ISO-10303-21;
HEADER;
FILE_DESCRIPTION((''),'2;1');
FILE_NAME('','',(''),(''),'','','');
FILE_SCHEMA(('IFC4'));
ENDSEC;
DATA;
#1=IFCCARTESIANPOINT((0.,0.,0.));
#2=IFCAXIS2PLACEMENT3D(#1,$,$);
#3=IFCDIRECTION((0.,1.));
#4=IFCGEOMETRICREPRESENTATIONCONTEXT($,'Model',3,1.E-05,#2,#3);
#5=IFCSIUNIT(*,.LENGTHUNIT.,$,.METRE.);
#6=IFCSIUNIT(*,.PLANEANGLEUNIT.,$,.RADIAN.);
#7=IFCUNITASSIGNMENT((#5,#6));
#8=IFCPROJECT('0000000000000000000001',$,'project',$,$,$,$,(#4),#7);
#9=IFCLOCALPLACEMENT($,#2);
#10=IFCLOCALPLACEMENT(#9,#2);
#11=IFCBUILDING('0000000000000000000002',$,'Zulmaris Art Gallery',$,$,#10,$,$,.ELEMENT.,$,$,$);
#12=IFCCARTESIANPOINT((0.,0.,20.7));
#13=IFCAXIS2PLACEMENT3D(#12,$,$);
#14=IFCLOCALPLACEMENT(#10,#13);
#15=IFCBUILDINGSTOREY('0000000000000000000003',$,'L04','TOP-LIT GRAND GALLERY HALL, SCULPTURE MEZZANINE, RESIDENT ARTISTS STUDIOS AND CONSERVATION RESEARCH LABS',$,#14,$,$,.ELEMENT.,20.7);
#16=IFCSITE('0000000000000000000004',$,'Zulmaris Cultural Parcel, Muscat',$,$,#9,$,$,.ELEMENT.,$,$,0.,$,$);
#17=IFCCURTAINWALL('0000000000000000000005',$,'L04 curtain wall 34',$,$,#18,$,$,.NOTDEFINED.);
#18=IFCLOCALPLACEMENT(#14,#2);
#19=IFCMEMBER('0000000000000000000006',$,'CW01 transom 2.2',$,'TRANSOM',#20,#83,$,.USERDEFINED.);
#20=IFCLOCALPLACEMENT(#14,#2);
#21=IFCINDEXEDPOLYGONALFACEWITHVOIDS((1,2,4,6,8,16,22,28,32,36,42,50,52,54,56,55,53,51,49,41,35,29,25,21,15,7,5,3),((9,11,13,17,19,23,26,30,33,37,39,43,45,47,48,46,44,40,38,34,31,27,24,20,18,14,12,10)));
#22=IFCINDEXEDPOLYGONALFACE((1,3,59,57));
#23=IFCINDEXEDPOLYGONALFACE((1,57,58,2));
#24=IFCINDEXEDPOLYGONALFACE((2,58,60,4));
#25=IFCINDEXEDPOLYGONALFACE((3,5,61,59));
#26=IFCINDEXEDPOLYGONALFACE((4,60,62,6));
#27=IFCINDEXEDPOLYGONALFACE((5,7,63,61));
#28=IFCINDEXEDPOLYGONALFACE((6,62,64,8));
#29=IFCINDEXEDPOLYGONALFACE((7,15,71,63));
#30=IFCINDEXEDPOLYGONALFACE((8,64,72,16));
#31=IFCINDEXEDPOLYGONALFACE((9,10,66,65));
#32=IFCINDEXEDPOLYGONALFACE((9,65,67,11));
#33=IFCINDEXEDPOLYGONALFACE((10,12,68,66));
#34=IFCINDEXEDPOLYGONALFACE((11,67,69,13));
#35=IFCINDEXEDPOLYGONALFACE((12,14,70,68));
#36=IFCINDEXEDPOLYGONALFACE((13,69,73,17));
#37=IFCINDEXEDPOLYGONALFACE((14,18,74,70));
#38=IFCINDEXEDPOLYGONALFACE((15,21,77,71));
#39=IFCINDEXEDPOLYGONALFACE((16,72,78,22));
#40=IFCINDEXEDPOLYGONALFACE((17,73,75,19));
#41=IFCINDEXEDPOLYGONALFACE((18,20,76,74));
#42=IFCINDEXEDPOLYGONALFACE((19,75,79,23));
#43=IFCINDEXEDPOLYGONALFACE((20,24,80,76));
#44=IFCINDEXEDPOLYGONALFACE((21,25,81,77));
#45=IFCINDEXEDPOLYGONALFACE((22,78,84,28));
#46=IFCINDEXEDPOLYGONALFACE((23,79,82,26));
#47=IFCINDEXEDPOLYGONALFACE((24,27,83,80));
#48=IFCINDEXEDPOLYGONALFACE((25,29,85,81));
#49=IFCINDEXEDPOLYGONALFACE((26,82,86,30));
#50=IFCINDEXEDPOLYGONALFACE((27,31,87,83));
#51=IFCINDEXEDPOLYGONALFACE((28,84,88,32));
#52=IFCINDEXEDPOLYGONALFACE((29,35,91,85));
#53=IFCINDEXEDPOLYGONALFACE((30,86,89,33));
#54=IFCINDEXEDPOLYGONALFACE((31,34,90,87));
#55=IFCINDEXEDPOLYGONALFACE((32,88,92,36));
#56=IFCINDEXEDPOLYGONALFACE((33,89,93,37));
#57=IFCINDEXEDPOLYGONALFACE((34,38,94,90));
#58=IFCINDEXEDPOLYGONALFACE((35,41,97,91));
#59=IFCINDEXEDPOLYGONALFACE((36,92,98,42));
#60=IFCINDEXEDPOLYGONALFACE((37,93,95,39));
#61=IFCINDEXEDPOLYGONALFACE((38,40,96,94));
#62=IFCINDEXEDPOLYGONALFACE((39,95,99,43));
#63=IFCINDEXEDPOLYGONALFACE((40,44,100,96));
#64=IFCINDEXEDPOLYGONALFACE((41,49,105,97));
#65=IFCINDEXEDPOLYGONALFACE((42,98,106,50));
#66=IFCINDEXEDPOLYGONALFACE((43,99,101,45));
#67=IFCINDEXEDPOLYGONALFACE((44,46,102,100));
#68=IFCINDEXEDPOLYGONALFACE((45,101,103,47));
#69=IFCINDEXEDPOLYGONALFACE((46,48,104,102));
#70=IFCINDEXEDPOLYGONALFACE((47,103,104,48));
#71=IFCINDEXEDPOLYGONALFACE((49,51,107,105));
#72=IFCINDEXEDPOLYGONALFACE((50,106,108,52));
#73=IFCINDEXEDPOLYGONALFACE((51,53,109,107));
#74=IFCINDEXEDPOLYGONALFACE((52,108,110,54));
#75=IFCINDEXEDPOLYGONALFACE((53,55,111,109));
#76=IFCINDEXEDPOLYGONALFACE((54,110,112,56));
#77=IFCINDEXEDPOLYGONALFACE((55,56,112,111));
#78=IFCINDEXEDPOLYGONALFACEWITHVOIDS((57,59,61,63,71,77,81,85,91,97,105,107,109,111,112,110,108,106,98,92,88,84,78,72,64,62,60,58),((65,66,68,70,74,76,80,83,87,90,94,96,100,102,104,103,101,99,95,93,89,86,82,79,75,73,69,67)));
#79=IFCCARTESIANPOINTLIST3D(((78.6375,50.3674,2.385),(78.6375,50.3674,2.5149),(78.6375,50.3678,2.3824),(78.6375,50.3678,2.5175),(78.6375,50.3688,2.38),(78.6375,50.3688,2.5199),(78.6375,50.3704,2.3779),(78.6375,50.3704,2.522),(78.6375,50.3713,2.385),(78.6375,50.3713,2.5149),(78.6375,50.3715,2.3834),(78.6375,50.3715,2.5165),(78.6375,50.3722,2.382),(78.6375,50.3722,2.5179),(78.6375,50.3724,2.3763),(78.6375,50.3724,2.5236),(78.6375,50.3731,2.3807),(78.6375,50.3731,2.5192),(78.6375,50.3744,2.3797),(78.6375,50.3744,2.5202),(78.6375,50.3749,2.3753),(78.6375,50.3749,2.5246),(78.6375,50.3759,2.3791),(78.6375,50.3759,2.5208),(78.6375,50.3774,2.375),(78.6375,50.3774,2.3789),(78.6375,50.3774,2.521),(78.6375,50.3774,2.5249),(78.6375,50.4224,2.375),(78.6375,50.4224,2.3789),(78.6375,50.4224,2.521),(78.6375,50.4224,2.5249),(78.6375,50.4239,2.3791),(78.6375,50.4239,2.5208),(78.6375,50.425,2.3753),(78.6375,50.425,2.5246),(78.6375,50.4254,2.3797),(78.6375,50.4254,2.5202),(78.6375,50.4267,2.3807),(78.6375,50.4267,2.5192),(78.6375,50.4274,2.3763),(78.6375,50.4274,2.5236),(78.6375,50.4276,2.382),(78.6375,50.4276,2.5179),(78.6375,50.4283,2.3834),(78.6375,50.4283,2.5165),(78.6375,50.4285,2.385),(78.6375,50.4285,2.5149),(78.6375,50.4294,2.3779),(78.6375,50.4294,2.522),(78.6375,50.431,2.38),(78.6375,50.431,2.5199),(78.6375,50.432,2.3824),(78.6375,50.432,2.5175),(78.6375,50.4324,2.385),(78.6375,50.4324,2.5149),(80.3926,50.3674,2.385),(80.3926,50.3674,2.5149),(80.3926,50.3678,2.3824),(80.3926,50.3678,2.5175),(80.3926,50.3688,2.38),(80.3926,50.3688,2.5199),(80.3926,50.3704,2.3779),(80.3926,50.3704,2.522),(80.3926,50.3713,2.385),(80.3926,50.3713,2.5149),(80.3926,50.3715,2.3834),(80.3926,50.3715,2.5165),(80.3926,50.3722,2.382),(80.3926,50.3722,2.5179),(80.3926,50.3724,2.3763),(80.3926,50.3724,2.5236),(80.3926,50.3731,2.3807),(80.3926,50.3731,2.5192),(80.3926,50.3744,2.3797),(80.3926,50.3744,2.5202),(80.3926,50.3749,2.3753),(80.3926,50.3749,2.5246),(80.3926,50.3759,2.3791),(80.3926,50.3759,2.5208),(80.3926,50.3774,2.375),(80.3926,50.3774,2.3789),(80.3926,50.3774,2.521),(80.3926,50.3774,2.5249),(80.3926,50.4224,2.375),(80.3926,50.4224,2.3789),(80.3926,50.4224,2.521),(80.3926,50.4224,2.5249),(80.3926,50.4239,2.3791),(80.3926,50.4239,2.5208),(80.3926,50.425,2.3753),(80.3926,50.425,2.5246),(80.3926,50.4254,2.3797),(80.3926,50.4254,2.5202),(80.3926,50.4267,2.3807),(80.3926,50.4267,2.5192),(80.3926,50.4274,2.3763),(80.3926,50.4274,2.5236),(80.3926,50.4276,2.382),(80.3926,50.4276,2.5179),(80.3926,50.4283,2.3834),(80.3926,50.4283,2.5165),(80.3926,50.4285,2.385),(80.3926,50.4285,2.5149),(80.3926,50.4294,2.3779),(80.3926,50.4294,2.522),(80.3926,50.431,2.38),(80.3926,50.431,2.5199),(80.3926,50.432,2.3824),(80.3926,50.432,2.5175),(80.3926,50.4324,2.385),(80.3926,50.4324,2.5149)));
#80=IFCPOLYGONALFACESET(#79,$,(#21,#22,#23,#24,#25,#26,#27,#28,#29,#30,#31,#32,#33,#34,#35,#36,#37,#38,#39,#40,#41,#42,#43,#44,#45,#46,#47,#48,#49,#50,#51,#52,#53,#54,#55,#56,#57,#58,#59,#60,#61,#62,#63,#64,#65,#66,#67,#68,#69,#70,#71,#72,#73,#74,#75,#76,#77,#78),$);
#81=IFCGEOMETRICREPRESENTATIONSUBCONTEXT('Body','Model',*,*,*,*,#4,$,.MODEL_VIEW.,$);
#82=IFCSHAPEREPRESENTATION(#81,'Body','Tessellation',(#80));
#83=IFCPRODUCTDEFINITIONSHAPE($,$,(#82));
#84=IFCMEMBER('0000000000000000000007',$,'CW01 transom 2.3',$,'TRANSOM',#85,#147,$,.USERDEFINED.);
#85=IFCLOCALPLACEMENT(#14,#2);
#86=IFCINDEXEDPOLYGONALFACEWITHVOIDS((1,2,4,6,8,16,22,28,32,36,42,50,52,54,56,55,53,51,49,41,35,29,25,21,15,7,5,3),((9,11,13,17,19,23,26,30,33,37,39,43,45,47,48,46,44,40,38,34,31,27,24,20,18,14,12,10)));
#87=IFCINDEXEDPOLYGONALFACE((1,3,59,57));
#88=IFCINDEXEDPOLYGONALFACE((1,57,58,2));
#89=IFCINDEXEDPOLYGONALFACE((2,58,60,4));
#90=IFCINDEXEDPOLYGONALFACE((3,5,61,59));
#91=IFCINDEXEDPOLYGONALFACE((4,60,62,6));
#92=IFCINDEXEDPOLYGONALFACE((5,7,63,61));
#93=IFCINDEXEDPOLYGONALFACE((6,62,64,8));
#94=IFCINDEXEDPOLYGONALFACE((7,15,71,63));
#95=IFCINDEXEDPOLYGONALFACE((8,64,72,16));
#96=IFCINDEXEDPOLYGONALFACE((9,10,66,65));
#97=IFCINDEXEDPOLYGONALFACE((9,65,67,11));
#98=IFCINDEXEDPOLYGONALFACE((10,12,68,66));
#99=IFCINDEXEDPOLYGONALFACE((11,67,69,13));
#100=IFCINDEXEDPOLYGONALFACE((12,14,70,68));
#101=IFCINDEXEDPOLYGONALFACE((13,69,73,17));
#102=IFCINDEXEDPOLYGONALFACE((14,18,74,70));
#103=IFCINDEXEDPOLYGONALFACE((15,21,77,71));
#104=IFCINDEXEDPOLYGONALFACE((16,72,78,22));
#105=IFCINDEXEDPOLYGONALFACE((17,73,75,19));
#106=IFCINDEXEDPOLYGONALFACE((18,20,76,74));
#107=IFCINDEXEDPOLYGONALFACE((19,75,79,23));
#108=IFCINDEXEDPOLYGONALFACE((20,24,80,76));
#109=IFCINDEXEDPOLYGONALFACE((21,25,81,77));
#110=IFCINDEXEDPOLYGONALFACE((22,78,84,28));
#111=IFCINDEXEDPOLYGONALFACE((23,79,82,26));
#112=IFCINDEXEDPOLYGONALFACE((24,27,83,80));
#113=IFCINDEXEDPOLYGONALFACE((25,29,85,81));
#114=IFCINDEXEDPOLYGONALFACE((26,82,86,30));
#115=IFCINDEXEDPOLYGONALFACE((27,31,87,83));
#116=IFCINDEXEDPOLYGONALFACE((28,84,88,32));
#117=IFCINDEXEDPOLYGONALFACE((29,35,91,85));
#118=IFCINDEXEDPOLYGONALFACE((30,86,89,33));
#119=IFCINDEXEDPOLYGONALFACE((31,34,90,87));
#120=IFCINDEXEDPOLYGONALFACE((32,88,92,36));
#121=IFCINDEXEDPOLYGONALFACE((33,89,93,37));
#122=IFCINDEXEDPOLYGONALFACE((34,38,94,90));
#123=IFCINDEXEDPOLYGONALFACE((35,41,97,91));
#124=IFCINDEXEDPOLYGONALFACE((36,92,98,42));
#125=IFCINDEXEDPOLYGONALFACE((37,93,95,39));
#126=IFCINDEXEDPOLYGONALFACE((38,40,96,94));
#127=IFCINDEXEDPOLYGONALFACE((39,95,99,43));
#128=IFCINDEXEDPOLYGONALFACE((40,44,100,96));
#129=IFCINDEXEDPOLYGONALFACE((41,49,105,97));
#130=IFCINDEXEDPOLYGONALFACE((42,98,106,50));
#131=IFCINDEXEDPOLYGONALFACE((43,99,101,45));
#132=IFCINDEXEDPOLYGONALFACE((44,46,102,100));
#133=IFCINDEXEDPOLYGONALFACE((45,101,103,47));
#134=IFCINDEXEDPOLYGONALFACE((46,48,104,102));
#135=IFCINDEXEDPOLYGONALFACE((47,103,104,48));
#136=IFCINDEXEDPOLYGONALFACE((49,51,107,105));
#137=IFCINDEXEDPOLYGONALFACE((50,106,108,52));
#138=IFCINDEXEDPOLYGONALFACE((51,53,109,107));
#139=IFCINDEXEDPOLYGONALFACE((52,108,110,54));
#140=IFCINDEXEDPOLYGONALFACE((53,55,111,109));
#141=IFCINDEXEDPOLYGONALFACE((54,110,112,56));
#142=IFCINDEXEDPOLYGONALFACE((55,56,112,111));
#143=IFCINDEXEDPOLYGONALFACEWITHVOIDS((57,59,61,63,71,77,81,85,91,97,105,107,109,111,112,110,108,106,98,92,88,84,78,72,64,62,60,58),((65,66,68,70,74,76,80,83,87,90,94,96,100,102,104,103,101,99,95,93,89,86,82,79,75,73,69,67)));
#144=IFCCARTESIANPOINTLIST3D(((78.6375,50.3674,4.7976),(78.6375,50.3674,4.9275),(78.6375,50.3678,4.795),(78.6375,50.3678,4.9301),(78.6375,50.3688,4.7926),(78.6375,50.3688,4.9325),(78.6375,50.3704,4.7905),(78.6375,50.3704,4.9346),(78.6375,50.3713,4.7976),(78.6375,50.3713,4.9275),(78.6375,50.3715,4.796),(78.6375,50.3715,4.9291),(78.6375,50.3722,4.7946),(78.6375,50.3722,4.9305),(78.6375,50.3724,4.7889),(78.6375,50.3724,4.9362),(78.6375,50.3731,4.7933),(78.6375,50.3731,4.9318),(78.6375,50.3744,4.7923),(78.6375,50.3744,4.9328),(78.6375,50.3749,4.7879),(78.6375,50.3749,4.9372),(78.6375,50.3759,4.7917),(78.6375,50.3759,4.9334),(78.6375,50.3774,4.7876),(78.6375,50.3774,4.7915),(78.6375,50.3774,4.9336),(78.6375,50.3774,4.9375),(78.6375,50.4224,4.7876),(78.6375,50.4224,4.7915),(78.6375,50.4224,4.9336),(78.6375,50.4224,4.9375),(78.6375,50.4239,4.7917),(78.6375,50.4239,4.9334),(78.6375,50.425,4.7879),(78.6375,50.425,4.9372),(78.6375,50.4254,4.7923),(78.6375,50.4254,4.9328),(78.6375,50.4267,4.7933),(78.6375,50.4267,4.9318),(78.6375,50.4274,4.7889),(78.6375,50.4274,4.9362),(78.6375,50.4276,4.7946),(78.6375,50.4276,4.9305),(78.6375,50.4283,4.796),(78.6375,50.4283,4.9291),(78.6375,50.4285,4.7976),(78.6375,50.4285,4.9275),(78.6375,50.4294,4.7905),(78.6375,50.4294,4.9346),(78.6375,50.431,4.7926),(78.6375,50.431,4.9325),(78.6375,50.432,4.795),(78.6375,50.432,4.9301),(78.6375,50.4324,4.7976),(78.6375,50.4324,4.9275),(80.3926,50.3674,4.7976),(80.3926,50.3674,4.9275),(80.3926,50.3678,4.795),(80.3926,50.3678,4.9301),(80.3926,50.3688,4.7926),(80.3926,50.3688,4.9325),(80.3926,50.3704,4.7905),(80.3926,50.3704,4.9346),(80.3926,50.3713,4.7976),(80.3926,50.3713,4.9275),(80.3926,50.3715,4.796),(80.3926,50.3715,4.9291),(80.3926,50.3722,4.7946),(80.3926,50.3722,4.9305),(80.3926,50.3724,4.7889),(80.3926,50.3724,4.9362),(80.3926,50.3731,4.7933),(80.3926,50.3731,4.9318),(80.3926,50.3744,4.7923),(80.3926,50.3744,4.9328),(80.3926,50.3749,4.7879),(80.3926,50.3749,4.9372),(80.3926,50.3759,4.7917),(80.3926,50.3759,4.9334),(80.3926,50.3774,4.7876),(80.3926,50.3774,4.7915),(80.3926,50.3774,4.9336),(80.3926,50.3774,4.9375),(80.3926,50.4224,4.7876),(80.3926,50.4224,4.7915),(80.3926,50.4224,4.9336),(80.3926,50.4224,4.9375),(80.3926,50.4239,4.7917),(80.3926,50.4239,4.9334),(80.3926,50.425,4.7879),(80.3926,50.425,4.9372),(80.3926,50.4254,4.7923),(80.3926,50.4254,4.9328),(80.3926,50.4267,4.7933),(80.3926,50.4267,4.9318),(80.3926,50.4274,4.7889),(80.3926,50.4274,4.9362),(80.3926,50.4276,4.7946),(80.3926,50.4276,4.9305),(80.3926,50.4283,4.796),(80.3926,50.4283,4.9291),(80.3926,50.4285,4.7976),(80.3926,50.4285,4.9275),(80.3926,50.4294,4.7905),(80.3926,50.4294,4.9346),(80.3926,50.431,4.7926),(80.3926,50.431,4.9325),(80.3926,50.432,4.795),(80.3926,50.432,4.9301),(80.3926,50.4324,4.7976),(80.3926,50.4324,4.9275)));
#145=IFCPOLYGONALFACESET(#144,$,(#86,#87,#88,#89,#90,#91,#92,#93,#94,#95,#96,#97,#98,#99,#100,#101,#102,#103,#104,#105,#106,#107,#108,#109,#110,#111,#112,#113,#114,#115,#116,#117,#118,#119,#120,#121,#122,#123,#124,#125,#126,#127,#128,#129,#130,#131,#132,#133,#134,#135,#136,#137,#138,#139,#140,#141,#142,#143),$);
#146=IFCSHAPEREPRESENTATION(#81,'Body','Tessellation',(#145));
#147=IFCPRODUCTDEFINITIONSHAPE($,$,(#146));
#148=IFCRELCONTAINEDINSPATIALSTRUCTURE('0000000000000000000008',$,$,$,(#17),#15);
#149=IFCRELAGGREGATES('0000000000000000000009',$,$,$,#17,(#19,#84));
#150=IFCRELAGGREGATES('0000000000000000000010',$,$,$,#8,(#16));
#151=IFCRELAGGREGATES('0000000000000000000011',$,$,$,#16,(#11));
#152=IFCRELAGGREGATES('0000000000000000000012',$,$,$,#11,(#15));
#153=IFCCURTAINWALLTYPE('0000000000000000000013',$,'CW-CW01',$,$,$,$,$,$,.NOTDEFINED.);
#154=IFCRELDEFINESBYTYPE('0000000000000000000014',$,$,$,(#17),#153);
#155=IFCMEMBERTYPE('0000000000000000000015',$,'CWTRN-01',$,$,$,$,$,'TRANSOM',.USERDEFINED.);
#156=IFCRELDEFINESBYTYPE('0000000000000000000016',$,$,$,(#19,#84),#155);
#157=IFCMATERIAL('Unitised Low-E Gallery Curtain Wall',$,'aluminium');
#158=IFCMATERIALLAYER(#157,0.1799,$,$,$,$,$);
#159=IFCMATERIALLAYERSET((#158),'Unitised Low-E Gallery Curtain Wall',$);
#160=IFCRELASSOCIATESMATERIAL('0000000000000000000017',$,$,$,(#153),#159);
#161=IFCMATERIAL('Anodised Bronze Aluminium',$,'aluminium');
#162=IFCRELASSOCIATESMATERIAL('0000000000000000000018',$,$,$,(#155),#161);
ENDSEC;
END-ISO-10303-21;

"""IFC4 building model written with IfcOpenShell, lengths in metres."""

from ifc_helpers import new_model, si_unit, direction, frame, origin, origin_2d, place, context, subcontext, project, spatial, hollow_rectangle, extrude, material, layer, layer_set, material_profile, profile_set, type_object, element, aggregate, save


model = new_model("IFC4")

# Units and contexts
model_context = context("Model", 3, precision=1e-05, world=origin(), true_north=direction((0.0, 1.0)))
body_context = subcontext(model_context, "Body", "Model", "MODEL_VIEW")
ifc_project = project(units=[si_unit("LENGTHUNIT", "METRE"), si_unit("PLANEANGLEUNIT", "RADIAN")], contexts=[model_context])

# Site, building, storey
site_placement = place(None, origin())
site = spatial("IfcSite", under=ifc_project, at=site_placement, Name="Zulmaris Cultural Parcel, Muscat", CompositionType="ELEMENT", RefElevation=0.0)
building_placement = place(site_placement, origin())
building = spatial("IfcBuilding", under=site, at=building_placement, Name="Zulmaris Art Gallery", CompositionType="ELEMENT")
storey_placement = place(building_placement, frame((0.0, 0.0, 20.7)))
storey = spatial("IfcBuildingStorey", under=building, at=storey_placement, Name="L04", Description="TOP-LIT GRAND GALLERY HALL, SCULPTURE MEZZANINE, RESIDENT ARTISTS STUDIOS AND CONSERVATION RESEARCH LABS", CompositionType="ELEMENT", Elevation=20.7)

# Shared definitions
ifc_material_1 = material(Name="Unitised Low-E Gallery Curtain Wall", Category="aluminium")
ifc_layer_1 = layer(ifc_material_1, 0.1799)
ifc_layer_set_1 = layer_set([ifc_layer_1], Name="Unitised Low-E Gallery Curtain Wall")
curtain_wall_type = type_object("IfcCurtainWallType", Name="CW-CW01", PredefinedType="NOTDEFINED", material=ifc_layer_set_1)
ifc_material_2 = material(Name="Anodised Bronze Aluminium", Category="aluminium")

# Curtain wall
curtain_wall_1_placement = place(storey_placement, origin())
curtain_wall_1 = element("IfcCurtainWall", 1, at=curtain_wall_1_placement, inside=storey, type_object=curtain_wall_type, Name="L04 curtain wall 34", PredefinedType="NOTDEFINED")

# Members
ifc_material_profile_1 = material_profile(ifc_material_2, hollow_rectangle(XDim=0.0649, YDim=0.1499, WallThickness=0.0039, InnerFilletRadius=0.0061, OuterFilletRadius=0.01, at=origin_2d()), Name="ALU 65x150x4")
ifc_profile_set_1 = profile_set([ifc_material_profile_1], Name="Anodised Bronze Aluminium")
member_type_1 = type_object("IfcMemberType", Name="CWTRN-01", ElementType="TRANSOM", PredefinedType="USERDEFINED", material=ifc_profile_set_1)
member_1_placement = place(storey_placement, frame((80.3926, 50.3999, 2.45), z_axis=(-1.0, 0.0, 0.0), x_axis=(0.0, -1.0, 0.0)))
member_1 = element("IfcMember", 2, at=member_1_placement, type_object=member_type_1, Name="CW01 transom 2.2", ObjectType="TRANSOM", PredefinedType="USERDEFINED", context=body_context, shape_type="SweptSolid", body=[
    extrude(hollow_rectangle(XDim=0.0649, YDim=0.1499, WallThickness=0.0039, InnerFilletRadius=0.0061, OuterFilletRadius=0.01, at=origin_2d()), origin(), (0.0, 0.0, 1.0), 1.7551),
])
member_2_placement = place(storey_placement, frame((80.3926, 50.3999, 4.8625), z_axis=(-1.0, 0.0, 0.0), x_axis=(0.0, -1.0, 0.0)))
member_2 = element("IfcMember", 3, at=member_2_placement, type_object=member_type_1, Name="CW01 transom 2.3", ObjectType="TRANSOM", PredefinedType="USERDEFINED", context=body_context, shape_type="SweptSolid", body=[
    extrude(hollow_rectangle(XDim=0.0649, YDim=0.1499, WallThickness=0.0039, InnerFilletRadius=0.0061, OuterFilletRadius=0.01, at=origin_2d()), origin(), (0.0, 0.0, 1.0), 1.7551),
])

aggregate(curtain_wall_1, [member_1, member_2])

save(model, "model.ifc")
